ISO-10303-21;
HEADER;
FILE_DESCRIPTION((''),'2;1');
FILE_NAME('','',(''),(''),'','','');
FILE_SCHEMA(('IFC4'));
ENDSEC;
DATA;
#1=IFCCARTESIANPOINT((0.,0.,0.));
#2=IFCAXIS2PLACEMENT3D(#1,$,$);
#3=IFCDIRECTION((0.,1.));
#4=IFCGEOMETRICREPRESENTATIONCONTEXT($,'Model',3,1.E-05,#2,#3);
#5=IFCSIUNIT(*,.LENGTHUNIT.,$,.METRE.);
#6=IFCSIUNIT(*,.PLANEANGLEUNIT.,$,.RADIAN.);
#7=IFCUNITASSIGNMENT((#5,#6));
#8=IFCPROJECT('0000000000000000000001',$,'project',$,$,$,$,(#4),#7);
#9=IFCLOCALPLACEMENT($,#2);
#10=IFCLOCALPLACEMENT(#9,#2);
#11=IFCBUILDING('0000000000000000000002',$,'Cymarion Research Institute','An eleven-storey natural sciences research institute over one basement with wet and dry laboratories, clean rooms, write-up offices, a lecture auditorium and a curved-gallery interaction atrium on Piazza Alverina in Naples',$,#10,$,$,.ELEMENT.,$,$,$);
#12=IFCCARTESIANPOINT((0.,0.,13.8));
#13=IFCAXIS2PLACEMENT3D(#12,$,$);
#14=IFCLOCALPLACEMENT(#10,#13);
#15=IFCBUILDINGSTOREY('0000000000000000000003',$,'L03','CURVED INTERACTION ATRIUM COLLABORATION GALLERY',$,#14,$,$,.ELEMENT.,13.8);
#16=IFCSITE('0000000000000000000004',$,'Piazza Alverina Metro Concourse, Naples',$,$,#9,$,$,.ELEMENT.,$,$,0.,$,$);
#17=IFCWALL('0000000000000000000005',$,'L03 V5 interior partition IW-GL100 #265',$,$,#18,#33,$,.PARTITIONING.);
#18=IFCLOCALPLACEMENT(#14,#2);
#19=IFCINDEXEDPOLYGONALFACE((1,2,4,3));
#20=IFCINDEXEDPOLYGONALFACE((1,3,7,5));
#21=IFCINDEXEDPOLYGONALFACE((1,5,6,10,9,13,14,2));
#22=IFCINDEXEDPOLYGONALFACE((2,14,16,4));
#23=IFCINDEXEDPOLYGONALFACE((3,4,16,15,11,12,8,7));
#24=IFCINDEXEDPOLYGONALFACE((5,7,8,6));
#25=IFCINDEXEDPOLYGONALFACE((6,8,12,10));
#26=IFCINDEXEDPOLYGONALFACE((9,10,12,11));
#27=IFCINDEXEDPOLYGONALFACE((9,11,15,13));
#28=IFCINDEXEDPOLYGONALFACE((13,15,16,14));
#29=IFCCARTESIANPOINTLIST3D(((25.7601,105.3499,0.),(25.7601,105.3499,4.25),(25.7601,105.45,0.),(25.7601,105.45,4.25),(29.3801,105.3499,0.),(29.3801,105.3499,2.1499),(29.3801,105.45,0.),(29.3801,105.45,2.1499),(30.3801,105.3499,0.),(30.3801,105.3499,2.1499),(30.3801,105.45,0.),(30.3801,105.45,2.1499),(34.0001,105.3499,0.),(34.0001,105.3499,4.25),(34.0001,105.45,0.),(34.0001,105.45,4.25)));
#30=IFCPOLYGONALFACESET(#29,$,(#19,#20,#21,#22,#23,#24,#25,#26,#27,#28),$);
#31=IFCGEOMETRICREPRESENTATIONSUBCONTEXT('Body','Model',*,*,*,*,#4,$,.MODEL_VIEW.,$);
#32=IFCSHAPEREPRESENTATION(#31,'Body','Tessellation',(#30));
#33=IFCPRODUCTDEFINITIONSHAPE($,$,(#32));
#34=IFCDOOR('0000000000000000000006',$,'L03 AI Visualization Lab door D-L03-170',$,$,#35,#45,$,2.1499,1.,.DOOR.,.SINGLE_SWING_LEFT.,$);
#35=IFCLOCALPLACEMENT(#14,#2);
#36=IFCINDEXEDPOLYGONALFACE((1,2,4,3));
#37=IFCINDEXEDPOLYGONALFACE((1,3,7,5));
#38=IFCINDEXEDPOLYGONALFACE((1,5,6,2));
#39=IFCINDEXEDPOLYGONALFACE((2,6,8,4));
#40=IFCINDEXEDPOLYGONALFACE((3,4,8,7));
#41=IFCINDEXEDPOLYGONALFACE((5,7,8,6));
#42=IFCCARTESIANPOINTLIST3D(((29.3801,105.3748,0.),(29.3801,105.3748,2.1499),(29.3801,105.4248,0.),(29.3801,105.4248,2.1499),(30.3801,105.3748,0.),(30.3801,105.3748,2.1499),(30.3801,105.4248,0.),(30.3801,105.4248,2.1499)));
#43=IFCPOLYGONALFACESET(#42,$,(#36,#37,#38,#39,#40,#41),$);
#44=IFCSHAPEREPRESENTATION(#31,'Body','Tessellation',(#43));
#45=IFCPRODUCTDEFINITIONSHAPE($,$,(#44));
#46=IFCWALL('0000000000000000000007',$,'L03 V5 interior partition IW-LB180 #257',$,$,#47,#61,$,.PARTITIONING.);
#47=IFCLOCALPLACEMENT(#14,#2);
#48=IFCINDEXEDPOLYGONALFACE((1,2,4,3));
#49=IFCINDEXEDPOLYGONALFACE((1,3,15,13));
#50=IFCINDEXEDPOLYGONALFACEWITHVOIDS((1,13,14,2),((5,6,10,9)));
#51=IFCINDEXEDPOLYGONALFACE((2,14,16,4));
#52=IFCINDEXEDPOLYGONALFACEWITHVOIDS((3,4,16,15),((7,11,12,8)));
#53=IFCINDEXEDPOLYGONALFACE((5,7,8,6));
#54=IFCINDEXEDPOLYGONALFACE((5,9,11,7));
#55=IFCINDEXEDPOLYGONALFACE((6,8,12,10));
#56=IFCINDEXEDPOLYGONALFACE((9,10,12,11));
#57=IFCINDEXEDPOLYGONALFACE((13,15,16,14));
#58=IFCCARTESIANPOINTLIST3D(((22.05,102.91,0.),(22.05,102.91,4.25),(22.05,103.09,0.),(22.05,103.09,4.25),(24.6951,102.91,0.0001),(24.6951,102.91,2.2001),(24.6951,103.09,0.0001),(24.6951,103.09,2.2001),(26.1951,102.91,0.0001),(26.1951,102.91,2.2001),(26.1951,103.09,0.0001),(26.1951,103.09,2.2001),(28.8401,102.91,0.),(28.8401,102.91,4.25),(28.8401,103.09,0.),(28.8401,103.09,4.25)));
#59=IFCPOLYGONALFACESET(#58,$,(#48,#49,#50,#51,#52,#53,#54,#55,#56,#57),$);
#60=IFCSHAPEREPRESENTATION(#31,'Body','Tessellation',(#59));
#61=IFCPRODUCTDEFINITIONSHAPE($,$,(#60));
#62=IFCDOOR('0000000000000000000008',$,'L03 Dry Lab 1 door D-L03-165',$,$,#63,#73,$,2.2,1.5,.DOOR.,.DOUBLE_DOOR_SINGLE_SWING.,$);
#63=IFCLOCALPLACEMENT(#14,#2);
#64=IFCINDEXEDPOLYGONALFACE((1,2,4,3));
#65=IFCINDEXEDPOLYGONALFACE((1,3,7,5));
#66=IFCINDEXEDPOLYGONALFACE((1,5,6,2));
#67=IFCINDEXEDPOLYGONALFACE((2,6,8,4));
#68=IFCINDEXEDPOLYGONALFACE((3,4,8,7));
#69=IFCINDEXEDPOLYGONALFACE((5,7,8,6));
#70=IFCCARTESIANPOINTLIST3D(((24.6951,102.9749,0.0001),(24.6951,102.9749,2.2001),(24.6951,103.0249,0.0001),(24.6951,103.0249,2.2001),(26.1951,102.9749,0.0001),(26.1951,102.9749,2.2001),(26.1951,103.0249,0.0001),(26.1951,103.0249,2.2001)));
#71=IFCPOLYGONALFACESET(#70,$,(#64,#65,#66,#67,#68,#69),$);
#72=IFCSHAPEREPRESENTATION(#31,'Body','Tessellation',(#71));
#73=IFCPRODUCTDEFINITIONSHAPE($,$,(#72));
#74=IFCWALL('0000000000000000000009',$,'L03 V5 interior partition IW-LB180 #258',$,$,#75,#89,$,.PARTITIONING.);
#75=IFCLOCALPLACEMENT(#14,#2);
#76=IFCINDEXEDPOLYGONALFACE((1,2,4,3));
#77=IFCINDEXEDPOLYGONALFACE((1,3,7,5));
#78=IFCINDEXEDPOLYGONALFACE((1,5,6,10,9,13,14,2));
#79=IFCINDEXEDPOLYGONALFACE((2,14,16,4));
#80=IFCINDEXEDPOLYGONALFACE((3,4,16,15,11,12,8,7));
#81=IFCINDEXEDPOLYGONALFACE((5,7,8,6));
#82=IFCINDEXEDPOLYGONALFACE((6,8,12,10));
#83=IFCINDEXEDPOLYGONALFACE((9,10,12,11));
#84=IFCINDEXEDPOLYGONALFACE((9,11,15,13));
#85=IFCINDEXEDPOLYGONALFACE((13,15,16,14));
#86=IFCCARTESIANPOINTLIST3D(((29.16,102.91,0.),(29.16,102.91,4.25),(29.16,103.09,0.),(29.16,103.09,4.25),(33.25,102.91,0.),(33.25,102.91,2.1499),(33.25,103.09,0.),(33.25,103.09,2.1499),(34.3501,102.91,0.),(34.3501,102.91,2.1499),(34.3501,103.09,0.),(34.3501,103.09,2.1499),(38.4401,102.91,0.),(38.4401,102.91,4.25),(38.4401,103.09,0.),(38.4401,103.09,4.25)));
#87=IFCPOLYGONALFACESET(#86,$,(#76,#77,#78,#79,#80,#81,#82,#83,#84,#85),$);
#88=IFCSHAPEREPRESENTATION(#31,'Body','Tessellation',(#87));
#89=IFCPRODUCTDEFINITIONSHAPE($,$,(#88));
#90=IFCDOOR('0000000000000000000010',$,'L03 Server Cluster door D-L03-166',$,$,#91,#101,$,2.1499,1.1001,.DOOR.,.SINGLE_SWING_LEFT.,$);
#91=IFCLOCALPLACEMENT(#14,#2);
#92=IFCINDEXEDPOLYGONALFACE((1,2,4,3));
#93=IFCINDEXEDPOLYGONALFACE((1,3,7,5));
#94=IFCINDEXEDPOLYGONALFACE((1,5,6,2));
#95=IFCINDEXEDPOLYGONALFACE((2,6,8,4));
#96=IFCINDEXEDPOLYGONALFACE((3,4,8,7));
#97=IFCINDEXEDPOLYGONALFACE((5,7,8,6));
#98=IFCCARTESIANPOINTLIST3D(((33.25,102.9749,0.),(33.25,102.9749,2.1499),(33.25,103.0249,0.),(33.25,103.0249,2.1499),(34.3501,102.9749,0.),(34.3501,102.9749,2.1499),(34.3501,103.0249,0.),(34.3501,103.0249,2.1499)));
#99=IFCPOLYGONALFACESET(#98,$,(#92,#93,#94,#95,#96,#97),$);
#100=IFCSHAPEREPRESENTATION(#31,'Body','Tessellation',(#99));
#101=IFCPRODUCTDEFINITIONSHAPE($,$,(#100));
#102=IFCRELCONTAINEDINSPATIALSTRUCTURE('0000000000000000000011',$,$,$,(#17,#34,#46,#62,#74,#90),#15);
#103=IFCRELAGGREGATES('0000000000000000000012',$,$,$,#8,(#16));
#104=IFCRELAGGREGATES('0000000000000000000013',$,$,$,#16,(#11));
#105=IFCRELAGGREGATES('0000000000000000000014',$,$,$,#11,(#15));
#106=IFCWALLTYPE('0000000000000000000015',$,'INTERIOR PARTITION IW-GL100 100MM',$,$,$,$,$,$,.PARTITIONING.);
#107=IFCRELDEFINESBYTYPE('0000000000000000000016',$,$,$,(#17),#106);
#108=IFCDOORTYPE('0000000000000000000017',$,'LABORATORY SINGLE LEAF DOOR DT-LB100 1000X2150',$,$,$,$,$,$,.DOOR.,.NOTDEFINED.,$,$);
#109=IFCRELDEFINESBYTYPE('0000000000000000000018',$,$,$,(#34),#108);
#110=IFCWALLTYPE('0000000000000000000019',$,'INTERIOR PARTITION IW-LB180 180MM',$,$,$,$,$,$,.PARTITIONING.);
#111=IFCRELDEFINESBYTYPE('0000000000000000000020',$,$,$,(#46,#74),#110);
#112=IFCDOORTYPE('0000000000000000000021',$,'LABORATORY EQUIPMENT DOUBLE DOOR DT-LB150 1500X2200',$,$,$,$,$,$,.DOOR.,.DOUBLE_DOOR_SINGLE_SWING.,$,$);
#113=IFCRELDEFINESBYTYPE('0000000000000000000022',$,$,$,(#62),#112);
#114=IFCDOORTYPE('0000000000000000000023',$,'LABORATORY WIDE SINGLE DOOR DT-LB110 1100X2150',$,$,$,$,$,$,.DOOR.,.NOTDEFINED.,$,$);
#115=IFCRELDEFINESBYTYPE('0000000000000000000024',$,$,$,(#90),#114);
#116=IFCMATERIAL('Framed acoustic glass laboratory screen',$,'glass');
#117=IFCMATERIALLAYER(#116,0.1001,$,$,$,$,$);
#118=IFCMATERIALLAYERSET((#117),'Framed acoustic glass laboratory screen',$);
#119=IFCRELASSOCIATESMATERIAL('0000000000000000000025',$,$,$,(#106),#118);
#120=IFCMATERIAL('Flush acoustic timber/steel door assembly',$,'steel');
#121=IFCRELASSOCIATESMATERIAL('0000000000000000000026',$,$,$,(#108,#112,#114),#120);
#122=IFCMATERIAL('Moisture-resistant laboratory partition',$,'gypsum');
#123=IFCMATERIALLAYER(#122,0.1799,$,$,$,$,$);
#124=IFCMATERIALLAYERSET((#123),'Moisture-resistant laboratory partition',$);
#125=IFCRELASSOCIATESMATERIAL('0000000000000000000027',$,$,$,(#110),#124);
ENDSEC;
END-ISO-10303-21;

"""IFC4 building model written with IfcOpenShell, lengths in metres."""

from ifc_helpers import new_model, si_unit, direction, frame, frame_2d, origin, place, context, subcontext, project, spatial, rectangle, extrude, material, layer, layer_set, type_object, element, fill, save


model = new_model("IFC4")

# Units and contexts
model_context = context("Model", 3, precision=1e-05, world=origin(), true_north=direction((0.0, 1.0)))
body_context = subcontext(model_context, "Body", "Model", "MODEL_VIEW")
ifc_project = project(units=[si_unit("LENGTHUNIT", "METRE"), si_unit("PLANEANGLEUNIT", "RADIAN")], contexts=[model_context])

# Site, building, storey
site_placement = place(None, origin())
site = spatial("IfcSite", under=ifc_project, at=site_placement, Name="Piazza Alverina Metro Concourse, Naples", CompositionType="ELEMENT", RefElevation=0.0)
building_placement = place(site_placement, origin())
building = spatial("IfcBuilding", under=site, at=building_placement, Name="Cymarion Research Institute", Description="An eleven-storey natural sciences research institute over one basement with wet and dry laboratories, clean rooms, write-up offices, a lecture auditorium and a curved-gallery interaction atrium on Piazza Alverina in Naples", CompositionType="ELEMENT")
storey_placement = place(building_placement, frame((0.0, 0.0, 13.8)))
storey = spatial("IfcBuildingStorey", under=building, at=storey_placement, Name="L03", Description="CURVED INTERACTION ATRIUM COLLABORATION GALLERY", CompositionType="ELEMENT", Elevation=13.8)

# Walls, openings, doors
ifc_material_1 = material(Name="Framed acoustic glass laboratory screen", Category="glass")
ifc_layer_1 = layer(ifc_material_1, 0.1001)
ifc_layer_set_1 = layer_set([ifc_layer_1], Name="Framed acoustic glass laboratory screen")
wall_type_1 = type_object("IfcWallType", Name="INTERIOR PARTITION IW-GL100 100MM", PredefinedType="PARTITIONING", material=ifc_layer_set_1)
wall_1_placement = place(storey_placement, frame((25.76, 105.3999, 0.0), z_axis=(0.0, 0.0, 1.0), x_axis=(1.0, 0.0, 0.0)))
wall_1 = element("IfcWall", 1, at=wall_1_placement, inside=storey, type_object=wall_type_1, Name="L03 V5 interior partition IW-GL100 #265", PredefinedType="PARTITIONING", context=body_context, shape_type="SweptSolid", body=[
    extrude(rectangle(XDim=8.24, YDim=0.1001, at=frame_2d((4.1201, 0.0))), origin(), (0.0, 0.0, 1.0), 4.25),
])
opening_1_placement = place(wall_1_placement, frame((3.6201, 0.0, 0.0)))
opening_1 = element("IfcOpeningElement", 2, at=opening_1_placement, cuts=wall_1, PredefinedType="OPENING", context=body_context, shape_type="SweptSolid", body=[
    extrude(rectangle(XDim=1.0, YDim=2.1499, at=frame_2d((0.5, 1.075))), frame((0.0, 0.0601, 0.0), z_axis=(0.0, -1.0, 0.0), x_axis=(1.0, 0.0, 0.0)), (0.0, 0.0, 1.0), 0.1201),
])
ifc_material_2 = material(Name="Flush acoustic timber/steel door assembly", Category="steel")
door_type_1 = type_object("IfcDoorType", Name="LABORATORY SINGLE LEAF DOOR DT-LB100 1000X2150", OperationType="NOTDEFINED", PredefinedType="DOOR", material=ifc_material_2)
door_1_placement = place(opening_1_placement, origin())
door_1 = element("IfcDoor", 3, at=door_1_placement, inside=storey, type_object=door_type_1, Name="L03 AI Visualization Lab door D-L03-170", OperationType="SINGLE_SWING_LEFT", OverallHeight=2.1499, OverallWidth=1.0, PredefinedType="DOOR", context=body_context, shape_type="SweptSolid", body=[
    extrude(rectangle(XDim=1.0, YDim=2.1499, at=frame_2d((0.5, 1.075))), frame((0.0, 0.0249, 0.0), z_axis=(0.0, -1.0, 0.0), x_axis=(1.0, 0.0, 0.0)), (0.0, 0.0, 1.0), 0.05),
])
fill(opening_1, door_1)
ifc_material_3 = material(Name="Moisture-resistant laboratory partition", Category="gypsum")
ifc_layer_2 = layer(ifc_material_3, 0.1799)
ifc_layer_set_2 = layer_set([ifc_layer_2], Name="Moisture-resistant laboratory partition")
wall_type_2 = type_object("IfcWallType", Name="INTERIOR PARTITION IW-LB180 180MM", PredefinedType="PARTITIONING", material=ifc_layer_set_2)
wall_2_placement = place(storey_placement, frame((22.05, 103.0, 0.0), z_axis=(0.0, 0.0, 1.0), x_axis=(1.0, 0.0, 0.0)))
wall_2 = element("IfcWall", 4, at=wall_2_placement, inside=storey, type_object=wall_type_2, Name="L03 V5 interior partition IW-LB180 #257", PredefinedType="PARTITIONING", context=body_context, shape_type="SweptSolid", body=[
    extrude(rectangle(XDim=6.79, YDim=0.1799, at=frame_2d((3.395, 0.0))), origin(), (0.0, 0.0, 1.0), 4.25),
])
opening_2_placement = place(wall_2_placement, frame((2.645, 0.0, 0.0)))
opening_2 = element("IfcOpeningElement", 5, at=opening_2_placement, cuts=wall_2, PredefinedType="OPENING", context=body_context, shape_type="SweptSolid", body=[
    extrude(rectangle(XDim=1.5, YDim=2.2, at=frame_2d((0.75, 1.1001))), frame((0.0, 0.0999, 0.0), z_axis=(0.0, -1.0, 0.0), x_axis=(1.0, 0.0, 0.0)), (0.0, 0.0, 1.0), 0.2),
])
door_type_2 = type_object("IfcDoorType", Name="LABORATORY EQUIPMENT DOUBLE DOOR DT-LB150 1500X2200", OperationType="DOUBLE_DOOR_SINGLE_SWING", PredefinedType="DOOR", material=ifc_material_2)
door_2_placement = place(opening_2_placement, origin())
door_2 = element("IfcDoor", 6, at=door_2_placement, inside=storey, type_object=door_type_2, Name="L03 Dry Lab 1 door D-L03-165", OperationType="DOUBLE_DOOR_SINGLE_SWING", OverallHeight=2.2, OverallWidth=1.5, PredefinedType="DOOR", context=body_context, shape_type="SweptSolid", body=[
    extrude(rectangle(XDim=1.5, YDim=2.2, at=frame_2d((0.75, 1.1001))), frame((0.0, 0.0249, 0.0), z_axis=(0.0, -1.0, 0.0), x_axis=(1.0, 0.0, 0.0)), (0.0, 0.0, 1.0), 0.05),
])
fill(opening_2, door_2)
wall_3_placement = place(storey_placement, frame((29.1599, 103.0, 0.0), z_axis=(0.0, 0.0, 1.0), x_axis=(1.0, 0.0, 0.0)))
wall_3 = element("IfcWall", 7, at=wall_3_placement, inside=storey, type_object=wall_type_2, Name="L03 V5 interior partition IW-LB180 #258", PredefinedType="PARTITIONING", context=body_context, shape_type="SweptSolid", body=[
    extrude(rectangle(XDim=9.28, YDim=0.1799, at=frame_2d((4.6401, 0.0))), origin(), (0.0, 0.0, 1.0), 4.25),
])
opening_3_placement = place(wall_3_placement, frame((4.0901, 0.0, 0.0)))
opening_3 = element("IfcOpeningElement", 8, at=opening_3_placement, cuts=wall_3, PredefinedType="OPENING", context=body_context, shape_type="SweptSolid", body=[
    extrude(rectangle(XDim=1.1001, YDim=2.1499, at=frame_2d((0.55, 1.075))), frame((0.0, 0.0999, 0.0), z_axis=(0.0, -1.0, 0.0), x_axis=(1.0, 0.0, 0.0)), (0.0, 0.0, 1.0), 0.2),
])
door_type_3 = type_object("IfcDoorType", Name="LABORATORY WIDE SINGLE DOOR DT-LB110 1100X2150", OperationType="NOTDEFINED", PredefinedType="DOOR", material=ifc_material_2)
door_3_placement = place(opening_3_placement, origin())
door_3 = element("IfcDoor", 9, at=door_3_placement, inside=storey, type_object=door_type_3, Name="L03 Server Cluster door D-L03-166", OperationType="SINGLE_SWING_LEFT", OverallHeight=2.1499, OverallWidth=1.1001, PredefinedType="DOOR", context=body_context, shape_type="SweptSolid", body=[
    extrude(rectangle(XDim=1.1001, YDim=2.1499, at=frame_2d((0.55, 1.075))), frame((0.0, 0.0249, 0.0), z_axis=(0.0, -1.0, 0.0), x_axis=(1.0, 0.0, 0.0)), (0.0, 0.0, 1.0), 0.05),
])
fill(opening_3, door_3)

save(model, "model.ifc")
